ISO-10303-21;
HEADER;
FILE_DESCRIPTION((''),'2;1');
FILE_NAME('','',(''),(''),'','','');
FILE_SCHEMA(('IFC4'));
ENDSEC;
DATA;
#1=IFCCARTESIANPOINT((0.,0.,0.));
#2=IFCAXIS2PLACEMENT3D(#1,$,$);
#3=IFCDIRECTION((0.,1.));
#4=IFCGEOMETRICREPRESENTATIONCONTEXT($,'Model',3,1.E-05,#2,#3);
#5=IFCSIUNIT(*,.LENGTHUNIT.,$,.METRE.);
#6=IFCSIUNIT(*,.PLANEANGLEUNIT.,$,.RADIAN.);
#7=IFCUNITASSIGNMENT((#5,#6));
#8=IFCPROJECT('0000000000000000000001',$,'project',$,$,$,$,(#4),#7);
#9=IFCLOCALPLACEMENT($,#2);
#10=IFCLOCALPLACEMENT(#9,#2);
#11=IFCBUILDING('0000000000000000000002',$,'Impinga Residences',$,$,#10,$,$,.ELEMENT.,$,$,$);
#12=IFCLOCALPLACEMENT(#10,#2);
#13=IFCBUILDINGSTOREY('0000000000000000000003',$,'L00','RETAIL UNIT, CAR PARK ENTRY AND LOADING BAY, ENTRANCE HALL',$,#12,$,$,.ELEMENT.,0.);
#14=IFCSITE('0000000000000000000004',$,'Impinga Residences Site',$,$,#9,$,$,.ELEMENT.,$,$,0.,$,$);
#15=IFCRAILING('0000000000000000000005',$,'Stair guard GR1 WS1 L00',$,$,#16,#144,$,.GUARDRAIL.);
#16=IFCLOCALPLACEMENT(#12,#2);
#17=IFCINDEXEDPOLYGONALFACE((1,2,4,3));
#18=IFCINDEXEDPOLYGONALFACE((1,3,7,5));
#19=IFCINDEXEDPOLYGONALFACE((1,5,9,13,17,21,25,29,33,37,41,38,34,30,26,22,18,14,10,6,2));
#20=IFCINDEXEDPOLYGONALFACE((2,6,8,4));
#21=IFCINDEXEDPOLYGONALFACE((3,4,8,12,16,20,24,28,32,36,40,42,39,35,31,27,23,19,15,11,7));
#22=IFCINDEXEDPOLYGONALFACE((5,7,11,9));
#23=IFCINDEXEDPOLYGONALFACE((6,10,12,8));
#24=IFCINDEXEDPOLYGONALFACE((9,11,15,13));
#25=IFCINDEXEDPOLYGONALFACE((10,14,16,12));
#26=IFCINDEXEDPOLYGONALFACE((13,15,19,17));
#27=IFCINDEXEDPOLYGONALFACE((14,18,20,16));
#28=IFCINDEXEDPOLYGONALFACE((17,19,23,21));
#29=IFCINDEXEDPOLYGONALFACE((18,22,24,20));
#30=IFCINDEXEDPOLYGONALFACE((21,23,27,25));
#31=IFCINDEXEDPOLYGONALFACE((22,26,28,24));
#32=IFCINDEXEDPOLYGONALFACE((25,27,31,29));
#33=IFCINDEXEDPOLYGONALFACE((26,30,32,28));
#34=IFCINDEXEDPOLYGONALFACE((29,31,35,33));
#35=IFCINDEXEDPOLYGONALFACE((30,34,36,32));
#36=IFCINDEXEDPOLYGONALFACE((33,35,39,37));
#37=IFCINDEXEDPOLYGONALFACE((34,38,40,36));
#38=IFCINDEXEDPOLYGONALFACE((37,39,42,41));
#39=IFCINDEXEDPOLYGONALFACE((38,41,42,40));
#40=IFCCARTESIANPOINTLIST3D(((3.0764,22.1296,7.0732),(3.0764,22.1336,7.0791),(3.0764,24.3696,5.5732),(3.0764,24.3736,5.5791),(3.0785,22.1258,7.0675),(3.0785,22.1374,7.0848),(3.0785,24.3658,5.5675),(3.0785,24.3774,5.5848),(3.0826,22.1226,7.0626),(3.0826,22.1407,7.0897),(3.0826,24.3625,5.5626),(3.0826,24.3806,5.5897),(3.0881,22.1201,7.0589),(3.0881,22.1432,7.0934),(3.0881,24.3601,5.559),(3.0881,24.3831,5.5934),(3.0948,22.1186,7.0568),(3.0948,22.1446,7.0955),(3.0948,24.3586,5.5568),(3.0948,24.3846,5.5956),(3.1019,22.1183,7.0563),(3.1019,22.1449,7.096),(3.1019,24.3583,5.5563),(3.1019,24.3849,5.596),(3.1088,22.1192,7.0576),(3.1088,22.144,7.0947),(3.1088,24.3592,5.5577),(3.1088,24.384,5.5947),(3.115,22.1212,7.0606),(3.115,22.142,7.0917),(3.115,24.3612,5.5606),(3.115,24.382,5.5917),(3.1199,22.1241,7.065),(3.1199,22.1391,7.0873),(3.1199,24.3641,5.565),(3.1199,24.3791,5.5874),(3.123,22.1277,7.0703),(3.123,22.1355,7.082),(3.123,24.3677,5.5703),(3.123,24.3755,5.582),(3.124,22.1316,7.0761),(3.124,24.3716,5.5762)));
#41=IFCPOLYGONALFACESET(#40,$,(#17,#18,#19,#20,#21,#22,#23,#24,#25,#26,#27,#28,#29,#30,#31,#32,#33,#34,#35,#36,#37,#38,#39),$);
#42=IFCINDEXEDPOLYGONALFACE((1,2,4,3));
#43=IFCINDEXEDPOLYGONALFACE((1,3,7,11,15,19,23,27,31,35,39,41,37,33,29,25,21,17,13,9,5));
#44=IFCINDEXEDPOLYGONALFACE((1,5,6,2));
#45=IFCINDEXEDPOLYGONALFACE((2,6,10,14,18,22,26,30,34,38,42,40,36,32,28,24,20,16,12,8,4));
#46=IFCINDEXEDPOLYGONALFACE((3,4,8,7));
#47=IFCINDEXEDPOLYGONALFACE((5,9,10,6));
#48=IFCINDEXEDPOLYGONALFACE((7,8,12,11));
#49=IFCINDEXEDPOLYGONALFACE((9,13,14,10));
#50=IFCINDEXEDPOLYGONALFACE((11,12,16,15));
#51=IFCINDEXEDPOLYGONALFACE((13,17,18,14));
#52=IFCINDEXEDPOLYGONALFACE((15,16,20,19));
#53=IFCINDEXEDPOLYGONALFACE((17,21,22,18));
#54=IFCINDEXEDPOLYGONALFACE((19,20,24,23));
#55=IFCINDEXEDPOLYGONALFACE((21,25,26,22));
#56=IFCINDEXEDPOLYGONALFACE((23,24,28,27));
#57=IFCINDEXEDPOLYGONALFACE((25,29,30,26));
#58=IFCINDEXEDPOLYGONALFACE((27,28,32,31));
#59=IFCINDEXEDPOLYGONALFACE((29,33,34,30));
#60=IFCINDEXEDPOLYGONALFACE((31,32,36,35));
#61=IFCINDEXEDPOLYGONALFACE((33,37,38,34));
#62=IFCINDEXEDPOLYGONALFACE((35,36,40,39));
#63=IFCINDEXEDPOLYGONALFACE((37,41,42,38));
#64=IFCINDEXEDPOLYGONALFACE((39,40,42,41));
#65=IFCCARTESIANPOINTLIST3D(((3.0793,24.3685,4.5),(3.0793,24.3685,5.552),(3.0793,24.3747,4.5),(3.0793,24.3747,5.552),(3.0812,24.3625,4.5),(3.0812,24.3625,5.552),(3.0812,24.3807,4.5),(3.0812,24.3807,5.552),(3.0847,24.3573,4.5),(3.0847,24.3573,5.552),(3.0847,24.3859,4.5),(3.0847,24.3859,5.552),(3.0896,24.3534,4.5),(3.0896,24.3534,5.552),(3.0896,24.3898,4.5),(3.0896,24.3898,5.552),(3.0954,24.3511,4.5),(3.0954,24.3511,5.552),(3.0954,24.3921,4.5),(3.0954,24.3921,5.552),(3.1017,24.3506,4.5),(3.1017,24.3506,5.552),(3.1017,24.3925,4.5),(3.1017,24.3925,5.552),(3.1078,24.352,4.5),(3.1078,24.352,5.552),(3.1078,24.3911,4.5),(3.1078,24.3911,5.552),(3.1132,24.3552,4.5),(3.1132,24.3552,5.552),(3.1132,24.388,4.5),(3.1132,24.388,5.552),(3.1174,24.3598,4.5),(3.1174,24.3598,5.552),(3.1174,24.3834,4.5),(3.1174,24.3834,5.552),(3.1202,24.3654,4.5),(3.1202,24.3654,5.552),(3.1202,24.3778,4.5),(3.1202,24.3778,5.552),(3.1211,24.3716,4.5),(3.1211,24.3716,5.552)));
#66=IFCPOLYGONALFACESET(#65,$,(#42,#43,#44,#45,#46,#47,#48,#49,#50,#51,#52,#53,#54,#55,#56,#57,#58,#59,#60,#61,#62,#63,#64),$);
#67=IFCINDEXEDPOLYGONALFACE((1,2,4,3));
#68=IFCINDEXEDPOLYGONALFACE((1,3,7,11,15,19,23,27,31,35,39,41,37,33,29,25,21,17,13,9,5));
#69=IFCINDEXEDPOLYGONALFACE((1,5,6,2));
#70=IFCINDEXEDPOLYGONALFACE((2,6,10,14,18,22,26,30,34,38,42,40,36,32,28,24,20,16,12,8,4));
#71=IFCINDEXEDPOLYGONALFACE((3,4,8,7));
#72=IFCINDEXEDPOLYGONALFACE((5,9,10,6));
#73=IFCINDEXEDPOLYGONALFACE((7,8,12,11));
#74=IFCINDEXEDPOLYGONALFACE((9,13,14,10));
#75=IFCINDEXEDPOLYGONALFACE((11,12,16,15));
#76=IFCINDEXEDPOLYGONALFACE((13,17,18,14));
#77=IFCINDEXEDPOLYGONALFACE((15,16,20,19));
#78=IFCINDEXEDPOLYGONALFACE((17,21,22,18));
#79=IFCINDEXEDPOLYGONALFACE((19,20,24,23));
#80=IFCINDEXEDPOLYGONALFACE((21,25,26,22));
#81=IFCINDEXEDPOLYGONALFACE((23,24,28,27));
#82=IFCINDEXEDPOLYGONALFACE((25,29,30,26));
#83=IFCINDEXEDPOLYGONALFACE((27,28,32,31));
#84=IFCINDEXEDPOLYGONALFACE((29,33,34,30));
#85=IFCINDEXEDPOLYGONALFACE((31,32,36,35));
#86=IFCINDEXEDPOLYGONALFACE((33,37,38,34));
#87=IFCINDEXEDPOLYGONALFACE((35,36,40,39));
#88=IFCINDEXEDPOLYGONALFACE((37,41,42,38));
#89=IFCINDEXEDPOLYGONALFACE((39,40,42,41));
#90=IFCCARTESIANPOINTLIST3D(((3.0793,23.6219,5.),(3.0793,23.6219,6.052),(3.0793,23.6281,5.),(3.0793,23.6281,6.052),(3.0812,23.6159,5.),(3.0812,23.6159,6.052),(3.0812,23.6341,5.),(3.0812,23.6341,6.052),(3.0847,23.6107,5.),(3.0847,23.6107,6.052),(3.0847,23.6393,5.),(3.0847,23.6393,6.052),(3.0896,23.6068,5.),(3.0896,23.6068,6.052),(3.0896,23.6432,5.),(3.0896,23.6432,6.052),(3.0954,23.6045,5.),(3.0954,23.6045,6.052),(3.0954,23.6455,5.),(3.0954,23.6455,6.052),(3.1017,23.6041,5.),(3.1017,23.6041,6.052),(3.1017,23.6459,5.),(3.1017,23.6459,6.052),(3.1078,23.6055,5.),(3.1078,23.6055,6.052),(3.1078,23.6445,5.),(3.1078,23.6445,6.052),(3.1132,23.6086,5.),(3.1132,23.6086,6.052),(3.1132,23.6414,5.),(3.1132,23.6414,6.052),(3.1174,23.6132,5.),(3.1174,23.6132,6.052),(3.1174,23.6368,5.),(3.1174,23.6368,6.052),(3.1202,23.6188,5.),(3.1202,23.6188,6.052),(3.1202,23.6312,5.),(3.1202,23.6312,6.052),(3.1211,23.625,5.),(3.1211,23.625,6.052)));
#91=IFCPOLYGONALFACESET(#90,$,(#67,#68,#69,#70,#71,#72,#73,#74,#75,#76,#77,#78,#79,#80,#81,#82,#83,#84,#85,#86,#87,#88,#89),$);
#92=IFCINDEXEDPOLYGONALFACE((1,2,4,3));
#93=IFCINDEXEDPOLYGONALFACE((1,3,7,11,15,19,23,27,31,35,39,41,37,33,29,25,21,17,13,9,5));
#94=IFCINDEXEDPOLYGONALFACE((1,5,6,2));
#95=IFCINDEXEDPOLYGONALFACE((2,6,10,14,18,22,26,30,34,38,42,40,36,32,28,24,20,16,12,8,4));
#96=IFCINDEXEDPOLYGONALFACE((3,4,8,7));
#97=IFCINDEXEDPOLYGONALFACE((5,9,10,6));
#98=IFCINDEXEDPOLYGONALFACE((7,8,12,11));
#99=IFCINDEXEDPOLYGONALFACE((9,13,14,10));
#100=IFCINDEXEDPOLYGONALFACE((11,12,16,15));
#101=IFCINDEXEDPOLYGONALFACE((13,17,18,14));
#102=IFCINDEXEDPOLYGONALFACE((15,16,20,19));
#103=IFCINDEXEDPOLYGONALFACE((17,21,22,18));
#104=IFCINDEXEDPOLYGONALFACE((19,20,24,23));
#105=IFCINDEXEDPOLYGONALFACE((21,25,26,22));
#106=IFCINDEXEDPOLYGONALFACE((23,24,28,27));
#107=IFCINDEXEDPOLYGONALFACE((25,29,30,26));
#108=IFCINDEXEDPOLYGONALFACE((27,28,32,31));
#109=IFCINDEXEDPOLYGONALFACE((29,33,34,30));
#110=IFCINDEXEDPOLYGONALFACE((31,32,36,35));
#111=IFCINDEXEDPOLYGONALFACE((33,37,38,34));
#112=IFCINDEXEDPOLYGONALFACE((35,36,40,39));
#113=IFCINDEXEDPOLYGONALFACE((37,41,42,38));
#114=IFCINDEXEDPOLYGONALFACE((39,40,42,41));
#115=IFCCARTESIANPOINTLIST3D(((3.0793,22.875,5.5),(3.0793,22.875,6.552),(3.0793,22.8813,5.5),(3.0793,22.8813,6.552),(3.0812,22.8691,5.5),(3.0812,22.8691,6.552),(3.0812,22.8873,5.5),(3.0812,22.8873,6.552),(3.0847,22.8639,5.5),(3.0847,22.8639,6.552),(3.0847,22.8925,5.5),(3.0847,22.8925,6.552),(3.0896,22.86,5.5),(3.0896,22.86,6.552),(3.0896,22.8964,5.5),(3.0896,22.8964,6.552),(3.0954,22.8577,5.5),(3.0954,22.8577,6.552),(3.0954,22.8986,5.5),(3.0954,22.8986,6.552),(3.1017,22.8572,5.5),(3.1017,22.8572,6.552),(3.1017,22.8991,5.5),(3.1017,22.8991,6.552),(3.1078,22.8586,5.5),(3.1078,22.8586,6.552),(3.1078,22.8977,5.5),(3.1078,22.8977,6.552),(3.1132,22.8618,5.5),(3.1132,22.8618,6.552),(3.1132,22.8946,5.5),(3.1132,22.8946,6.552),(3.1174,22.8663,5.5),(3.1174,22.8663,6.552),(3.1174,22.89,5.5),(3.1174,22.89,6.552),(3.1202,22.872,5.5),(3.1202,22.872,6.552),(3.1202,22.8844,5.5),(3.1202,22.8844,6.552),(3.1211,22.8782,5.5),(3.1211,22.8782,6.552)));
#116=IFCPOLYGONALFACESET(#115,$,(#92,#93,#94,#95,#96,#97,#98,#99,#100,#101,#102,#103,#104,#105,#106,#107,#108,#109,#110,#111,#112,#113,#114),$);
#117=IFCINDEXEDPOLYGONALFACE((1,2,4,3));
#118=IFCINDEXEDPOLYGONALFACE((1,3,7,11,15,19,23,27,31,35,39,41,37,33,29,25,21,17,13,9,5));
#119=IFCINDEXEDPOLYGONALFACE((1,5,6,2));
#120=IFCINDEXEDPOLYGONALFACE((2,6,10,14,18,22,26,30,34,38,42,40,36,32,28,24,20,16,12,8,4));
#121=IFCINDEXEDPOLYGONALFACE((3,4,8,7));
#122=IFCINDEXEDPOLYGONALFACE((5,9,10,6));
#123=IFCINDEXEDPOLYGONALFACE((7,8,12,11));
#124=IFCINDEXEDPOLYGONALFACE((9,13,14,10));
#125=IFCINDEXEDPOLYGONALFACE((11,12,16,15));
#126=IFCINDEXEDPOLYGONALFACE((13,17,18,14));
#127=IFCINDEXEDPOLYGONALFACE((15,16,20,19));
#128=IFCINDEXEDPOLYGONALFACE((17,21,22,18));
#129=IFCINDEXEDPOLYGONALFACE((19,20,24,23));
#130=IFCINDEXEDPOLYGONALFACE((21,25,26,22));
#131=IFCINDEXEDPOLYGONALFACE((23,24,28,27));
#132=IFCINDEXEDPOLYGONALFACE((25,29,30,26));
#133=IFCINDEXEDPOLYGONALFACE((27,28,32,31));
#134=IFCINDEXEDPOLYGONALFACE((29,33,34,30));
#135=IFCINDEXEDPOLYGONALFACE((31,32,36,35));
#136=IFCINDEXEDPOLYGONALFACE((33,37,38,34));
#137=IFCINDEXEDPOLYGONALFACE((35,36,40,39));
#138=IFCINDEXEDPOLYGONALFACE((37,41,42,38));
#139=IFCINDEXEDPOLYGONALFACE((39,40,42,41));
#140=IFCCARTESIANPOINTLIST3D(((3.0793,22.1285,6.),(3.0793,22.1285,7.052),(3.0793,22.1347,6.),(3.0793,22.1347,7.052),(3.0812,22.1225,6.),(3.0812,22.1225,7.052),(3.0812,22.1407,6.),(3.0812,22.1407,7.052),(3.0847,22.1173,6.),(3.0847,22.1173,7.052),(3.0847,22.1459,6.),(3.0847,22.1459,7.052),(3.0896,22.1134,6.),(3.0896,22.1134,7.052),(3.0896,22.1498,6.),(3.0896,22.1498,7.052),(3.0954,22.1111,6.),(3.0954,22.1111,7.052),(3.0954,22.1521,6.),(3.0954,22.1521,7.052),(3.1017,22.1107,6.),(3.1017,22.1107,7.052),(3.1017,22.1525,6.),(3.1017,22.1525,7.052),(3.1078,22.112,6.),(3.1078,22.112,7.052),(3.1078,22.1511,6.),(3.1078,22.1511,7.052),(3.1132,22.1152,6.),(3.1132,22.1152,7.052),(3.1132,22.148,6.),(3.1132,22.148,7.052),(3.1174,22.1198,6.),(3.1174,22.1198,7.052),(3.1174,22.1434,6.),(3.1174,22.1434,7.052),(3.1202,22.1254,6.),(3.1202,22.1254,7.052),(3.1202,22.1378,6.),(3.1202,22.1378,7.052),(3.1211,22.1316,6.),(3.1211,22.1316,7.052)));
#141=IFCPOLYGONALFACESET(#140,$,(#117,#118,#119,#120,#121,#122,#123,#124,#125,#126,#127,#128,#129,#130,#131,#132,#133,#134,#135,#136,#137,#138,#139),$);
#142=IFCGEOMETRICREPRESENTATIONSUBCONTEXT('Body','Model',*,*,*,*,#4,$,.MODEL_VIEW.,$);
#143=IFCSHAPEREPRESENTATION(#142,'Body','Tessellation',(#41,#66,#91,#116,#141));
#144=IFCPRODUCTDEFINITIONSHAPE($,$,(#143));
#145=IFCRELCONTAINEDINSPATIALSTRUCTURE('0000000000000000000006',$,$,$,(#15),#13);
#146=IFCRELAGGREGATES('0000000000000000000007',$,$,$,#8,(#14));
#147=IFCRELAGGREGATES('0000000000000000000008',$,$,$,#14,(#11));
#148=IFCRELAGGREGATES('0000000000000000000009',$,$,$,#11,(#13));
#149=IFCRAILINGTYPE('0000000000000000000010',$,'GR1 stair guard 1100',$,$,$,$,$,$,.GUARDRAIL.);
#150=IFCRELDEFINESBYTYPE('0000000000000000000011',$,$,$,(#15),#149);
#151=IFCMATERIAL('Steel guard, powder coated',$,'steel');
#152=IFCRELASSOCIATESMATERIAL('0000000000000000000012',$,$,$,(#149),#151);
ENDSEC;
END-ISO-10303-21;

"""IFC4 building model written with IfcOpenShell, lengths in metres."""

from ifc_helpers import new_model, si_unit, direction, frame, origin, origin_2d, place, context, subcontext, project, spatial, circle, extrude, material, type_object, element, save


model = new_model("IFC4")

# Units and contexts
model_context = context("Model", 3, precision=1e-05, world=origin(), true_north=direction((0.0, 1.0)))
body_context = subcontext(model_context, "Body", "Model", "MODEL_VIEW")
ifc_project = project(units=[si_unit("LENGTHUNIT", "METRE"), si_unit("PLANEANGLEUNIT", "RADIAN")], contexts=[model_context])

# Site, building, storey
site_placement = place(None, origin())
site = spatial("IfcSite", under=ifc_project, at=site_placement, Name="Impinga Residences Site", CompositionType="ELEMENT", RefElevation=0.0)
building_placement = place(site_placement, origin())
building = spatial("IfcBuilding", under=site, at=building_placement, Name="Impinga Residences", CompositionType="ELEMENT")
storey_placement = place(building_placement, origin())
storey = spatial("IfcBuildingStorey", under=building, at=storey_placement, Name="L00", Description="RETAIL UNIT, CAR PARK ENTRY AND LOADING BAY, ENTRANCE HALL", CompositionType="ELEMENT", Elevation=0.0)

# Railing
ifc_material_1 = material(Name="Steel guard, powder coated", Category="steel")
railing_type_1 = type_object("IfcRailingType", Name="GR1 stair guard 1100", PredefinedType="GUARDRAIL", material=ifc_material_1)
for number, where, name in (
    (1, (3.1001, 24.3716, 4.5), "Stair guard GR1 WS1 L00"),
):
    element("IfcRailing", number, at=place(storey_placement, frame(where)), inside=storey, type_object=railing_type_1, Name=name, PredefinedType="GUARDRAIL", context=body_context, shape_type="SweptSolid", body=[
        extrude(circle(Radius=0.0239, at=origin_2d()), frame((0.0, 0.0, 1.0762), z_axis=(0.0, -0.830906, 0.556413), x_axis=(1.0, 0.0, 0.0)), (0.0, 0.0, 1.0), 2.6958),
        extrude(circle(Radius=0.021, at=origin_2d()), origin(), (0.0, 0.0, 1.0), 1.052),
        extrude(circle(Radius=0.021, at=origin_2d()), frame((0.0, -0.7466, 0.5)), (0.0, 0.0, 1.0), 1.052),
        extrude(circle(Radius=0.021, at=origin_2d()), frame((0.0, -1.4934, 1.0)), (0.0, 0.0, 1.0), 1.052),
        extrude(circle(Radius=0.021, at=origin_2d()), frame((0.0, -2.24, 1.5)), (0.0, 0.0, 1.0), 1.052),
    ])

save(model, "model.ifc")
